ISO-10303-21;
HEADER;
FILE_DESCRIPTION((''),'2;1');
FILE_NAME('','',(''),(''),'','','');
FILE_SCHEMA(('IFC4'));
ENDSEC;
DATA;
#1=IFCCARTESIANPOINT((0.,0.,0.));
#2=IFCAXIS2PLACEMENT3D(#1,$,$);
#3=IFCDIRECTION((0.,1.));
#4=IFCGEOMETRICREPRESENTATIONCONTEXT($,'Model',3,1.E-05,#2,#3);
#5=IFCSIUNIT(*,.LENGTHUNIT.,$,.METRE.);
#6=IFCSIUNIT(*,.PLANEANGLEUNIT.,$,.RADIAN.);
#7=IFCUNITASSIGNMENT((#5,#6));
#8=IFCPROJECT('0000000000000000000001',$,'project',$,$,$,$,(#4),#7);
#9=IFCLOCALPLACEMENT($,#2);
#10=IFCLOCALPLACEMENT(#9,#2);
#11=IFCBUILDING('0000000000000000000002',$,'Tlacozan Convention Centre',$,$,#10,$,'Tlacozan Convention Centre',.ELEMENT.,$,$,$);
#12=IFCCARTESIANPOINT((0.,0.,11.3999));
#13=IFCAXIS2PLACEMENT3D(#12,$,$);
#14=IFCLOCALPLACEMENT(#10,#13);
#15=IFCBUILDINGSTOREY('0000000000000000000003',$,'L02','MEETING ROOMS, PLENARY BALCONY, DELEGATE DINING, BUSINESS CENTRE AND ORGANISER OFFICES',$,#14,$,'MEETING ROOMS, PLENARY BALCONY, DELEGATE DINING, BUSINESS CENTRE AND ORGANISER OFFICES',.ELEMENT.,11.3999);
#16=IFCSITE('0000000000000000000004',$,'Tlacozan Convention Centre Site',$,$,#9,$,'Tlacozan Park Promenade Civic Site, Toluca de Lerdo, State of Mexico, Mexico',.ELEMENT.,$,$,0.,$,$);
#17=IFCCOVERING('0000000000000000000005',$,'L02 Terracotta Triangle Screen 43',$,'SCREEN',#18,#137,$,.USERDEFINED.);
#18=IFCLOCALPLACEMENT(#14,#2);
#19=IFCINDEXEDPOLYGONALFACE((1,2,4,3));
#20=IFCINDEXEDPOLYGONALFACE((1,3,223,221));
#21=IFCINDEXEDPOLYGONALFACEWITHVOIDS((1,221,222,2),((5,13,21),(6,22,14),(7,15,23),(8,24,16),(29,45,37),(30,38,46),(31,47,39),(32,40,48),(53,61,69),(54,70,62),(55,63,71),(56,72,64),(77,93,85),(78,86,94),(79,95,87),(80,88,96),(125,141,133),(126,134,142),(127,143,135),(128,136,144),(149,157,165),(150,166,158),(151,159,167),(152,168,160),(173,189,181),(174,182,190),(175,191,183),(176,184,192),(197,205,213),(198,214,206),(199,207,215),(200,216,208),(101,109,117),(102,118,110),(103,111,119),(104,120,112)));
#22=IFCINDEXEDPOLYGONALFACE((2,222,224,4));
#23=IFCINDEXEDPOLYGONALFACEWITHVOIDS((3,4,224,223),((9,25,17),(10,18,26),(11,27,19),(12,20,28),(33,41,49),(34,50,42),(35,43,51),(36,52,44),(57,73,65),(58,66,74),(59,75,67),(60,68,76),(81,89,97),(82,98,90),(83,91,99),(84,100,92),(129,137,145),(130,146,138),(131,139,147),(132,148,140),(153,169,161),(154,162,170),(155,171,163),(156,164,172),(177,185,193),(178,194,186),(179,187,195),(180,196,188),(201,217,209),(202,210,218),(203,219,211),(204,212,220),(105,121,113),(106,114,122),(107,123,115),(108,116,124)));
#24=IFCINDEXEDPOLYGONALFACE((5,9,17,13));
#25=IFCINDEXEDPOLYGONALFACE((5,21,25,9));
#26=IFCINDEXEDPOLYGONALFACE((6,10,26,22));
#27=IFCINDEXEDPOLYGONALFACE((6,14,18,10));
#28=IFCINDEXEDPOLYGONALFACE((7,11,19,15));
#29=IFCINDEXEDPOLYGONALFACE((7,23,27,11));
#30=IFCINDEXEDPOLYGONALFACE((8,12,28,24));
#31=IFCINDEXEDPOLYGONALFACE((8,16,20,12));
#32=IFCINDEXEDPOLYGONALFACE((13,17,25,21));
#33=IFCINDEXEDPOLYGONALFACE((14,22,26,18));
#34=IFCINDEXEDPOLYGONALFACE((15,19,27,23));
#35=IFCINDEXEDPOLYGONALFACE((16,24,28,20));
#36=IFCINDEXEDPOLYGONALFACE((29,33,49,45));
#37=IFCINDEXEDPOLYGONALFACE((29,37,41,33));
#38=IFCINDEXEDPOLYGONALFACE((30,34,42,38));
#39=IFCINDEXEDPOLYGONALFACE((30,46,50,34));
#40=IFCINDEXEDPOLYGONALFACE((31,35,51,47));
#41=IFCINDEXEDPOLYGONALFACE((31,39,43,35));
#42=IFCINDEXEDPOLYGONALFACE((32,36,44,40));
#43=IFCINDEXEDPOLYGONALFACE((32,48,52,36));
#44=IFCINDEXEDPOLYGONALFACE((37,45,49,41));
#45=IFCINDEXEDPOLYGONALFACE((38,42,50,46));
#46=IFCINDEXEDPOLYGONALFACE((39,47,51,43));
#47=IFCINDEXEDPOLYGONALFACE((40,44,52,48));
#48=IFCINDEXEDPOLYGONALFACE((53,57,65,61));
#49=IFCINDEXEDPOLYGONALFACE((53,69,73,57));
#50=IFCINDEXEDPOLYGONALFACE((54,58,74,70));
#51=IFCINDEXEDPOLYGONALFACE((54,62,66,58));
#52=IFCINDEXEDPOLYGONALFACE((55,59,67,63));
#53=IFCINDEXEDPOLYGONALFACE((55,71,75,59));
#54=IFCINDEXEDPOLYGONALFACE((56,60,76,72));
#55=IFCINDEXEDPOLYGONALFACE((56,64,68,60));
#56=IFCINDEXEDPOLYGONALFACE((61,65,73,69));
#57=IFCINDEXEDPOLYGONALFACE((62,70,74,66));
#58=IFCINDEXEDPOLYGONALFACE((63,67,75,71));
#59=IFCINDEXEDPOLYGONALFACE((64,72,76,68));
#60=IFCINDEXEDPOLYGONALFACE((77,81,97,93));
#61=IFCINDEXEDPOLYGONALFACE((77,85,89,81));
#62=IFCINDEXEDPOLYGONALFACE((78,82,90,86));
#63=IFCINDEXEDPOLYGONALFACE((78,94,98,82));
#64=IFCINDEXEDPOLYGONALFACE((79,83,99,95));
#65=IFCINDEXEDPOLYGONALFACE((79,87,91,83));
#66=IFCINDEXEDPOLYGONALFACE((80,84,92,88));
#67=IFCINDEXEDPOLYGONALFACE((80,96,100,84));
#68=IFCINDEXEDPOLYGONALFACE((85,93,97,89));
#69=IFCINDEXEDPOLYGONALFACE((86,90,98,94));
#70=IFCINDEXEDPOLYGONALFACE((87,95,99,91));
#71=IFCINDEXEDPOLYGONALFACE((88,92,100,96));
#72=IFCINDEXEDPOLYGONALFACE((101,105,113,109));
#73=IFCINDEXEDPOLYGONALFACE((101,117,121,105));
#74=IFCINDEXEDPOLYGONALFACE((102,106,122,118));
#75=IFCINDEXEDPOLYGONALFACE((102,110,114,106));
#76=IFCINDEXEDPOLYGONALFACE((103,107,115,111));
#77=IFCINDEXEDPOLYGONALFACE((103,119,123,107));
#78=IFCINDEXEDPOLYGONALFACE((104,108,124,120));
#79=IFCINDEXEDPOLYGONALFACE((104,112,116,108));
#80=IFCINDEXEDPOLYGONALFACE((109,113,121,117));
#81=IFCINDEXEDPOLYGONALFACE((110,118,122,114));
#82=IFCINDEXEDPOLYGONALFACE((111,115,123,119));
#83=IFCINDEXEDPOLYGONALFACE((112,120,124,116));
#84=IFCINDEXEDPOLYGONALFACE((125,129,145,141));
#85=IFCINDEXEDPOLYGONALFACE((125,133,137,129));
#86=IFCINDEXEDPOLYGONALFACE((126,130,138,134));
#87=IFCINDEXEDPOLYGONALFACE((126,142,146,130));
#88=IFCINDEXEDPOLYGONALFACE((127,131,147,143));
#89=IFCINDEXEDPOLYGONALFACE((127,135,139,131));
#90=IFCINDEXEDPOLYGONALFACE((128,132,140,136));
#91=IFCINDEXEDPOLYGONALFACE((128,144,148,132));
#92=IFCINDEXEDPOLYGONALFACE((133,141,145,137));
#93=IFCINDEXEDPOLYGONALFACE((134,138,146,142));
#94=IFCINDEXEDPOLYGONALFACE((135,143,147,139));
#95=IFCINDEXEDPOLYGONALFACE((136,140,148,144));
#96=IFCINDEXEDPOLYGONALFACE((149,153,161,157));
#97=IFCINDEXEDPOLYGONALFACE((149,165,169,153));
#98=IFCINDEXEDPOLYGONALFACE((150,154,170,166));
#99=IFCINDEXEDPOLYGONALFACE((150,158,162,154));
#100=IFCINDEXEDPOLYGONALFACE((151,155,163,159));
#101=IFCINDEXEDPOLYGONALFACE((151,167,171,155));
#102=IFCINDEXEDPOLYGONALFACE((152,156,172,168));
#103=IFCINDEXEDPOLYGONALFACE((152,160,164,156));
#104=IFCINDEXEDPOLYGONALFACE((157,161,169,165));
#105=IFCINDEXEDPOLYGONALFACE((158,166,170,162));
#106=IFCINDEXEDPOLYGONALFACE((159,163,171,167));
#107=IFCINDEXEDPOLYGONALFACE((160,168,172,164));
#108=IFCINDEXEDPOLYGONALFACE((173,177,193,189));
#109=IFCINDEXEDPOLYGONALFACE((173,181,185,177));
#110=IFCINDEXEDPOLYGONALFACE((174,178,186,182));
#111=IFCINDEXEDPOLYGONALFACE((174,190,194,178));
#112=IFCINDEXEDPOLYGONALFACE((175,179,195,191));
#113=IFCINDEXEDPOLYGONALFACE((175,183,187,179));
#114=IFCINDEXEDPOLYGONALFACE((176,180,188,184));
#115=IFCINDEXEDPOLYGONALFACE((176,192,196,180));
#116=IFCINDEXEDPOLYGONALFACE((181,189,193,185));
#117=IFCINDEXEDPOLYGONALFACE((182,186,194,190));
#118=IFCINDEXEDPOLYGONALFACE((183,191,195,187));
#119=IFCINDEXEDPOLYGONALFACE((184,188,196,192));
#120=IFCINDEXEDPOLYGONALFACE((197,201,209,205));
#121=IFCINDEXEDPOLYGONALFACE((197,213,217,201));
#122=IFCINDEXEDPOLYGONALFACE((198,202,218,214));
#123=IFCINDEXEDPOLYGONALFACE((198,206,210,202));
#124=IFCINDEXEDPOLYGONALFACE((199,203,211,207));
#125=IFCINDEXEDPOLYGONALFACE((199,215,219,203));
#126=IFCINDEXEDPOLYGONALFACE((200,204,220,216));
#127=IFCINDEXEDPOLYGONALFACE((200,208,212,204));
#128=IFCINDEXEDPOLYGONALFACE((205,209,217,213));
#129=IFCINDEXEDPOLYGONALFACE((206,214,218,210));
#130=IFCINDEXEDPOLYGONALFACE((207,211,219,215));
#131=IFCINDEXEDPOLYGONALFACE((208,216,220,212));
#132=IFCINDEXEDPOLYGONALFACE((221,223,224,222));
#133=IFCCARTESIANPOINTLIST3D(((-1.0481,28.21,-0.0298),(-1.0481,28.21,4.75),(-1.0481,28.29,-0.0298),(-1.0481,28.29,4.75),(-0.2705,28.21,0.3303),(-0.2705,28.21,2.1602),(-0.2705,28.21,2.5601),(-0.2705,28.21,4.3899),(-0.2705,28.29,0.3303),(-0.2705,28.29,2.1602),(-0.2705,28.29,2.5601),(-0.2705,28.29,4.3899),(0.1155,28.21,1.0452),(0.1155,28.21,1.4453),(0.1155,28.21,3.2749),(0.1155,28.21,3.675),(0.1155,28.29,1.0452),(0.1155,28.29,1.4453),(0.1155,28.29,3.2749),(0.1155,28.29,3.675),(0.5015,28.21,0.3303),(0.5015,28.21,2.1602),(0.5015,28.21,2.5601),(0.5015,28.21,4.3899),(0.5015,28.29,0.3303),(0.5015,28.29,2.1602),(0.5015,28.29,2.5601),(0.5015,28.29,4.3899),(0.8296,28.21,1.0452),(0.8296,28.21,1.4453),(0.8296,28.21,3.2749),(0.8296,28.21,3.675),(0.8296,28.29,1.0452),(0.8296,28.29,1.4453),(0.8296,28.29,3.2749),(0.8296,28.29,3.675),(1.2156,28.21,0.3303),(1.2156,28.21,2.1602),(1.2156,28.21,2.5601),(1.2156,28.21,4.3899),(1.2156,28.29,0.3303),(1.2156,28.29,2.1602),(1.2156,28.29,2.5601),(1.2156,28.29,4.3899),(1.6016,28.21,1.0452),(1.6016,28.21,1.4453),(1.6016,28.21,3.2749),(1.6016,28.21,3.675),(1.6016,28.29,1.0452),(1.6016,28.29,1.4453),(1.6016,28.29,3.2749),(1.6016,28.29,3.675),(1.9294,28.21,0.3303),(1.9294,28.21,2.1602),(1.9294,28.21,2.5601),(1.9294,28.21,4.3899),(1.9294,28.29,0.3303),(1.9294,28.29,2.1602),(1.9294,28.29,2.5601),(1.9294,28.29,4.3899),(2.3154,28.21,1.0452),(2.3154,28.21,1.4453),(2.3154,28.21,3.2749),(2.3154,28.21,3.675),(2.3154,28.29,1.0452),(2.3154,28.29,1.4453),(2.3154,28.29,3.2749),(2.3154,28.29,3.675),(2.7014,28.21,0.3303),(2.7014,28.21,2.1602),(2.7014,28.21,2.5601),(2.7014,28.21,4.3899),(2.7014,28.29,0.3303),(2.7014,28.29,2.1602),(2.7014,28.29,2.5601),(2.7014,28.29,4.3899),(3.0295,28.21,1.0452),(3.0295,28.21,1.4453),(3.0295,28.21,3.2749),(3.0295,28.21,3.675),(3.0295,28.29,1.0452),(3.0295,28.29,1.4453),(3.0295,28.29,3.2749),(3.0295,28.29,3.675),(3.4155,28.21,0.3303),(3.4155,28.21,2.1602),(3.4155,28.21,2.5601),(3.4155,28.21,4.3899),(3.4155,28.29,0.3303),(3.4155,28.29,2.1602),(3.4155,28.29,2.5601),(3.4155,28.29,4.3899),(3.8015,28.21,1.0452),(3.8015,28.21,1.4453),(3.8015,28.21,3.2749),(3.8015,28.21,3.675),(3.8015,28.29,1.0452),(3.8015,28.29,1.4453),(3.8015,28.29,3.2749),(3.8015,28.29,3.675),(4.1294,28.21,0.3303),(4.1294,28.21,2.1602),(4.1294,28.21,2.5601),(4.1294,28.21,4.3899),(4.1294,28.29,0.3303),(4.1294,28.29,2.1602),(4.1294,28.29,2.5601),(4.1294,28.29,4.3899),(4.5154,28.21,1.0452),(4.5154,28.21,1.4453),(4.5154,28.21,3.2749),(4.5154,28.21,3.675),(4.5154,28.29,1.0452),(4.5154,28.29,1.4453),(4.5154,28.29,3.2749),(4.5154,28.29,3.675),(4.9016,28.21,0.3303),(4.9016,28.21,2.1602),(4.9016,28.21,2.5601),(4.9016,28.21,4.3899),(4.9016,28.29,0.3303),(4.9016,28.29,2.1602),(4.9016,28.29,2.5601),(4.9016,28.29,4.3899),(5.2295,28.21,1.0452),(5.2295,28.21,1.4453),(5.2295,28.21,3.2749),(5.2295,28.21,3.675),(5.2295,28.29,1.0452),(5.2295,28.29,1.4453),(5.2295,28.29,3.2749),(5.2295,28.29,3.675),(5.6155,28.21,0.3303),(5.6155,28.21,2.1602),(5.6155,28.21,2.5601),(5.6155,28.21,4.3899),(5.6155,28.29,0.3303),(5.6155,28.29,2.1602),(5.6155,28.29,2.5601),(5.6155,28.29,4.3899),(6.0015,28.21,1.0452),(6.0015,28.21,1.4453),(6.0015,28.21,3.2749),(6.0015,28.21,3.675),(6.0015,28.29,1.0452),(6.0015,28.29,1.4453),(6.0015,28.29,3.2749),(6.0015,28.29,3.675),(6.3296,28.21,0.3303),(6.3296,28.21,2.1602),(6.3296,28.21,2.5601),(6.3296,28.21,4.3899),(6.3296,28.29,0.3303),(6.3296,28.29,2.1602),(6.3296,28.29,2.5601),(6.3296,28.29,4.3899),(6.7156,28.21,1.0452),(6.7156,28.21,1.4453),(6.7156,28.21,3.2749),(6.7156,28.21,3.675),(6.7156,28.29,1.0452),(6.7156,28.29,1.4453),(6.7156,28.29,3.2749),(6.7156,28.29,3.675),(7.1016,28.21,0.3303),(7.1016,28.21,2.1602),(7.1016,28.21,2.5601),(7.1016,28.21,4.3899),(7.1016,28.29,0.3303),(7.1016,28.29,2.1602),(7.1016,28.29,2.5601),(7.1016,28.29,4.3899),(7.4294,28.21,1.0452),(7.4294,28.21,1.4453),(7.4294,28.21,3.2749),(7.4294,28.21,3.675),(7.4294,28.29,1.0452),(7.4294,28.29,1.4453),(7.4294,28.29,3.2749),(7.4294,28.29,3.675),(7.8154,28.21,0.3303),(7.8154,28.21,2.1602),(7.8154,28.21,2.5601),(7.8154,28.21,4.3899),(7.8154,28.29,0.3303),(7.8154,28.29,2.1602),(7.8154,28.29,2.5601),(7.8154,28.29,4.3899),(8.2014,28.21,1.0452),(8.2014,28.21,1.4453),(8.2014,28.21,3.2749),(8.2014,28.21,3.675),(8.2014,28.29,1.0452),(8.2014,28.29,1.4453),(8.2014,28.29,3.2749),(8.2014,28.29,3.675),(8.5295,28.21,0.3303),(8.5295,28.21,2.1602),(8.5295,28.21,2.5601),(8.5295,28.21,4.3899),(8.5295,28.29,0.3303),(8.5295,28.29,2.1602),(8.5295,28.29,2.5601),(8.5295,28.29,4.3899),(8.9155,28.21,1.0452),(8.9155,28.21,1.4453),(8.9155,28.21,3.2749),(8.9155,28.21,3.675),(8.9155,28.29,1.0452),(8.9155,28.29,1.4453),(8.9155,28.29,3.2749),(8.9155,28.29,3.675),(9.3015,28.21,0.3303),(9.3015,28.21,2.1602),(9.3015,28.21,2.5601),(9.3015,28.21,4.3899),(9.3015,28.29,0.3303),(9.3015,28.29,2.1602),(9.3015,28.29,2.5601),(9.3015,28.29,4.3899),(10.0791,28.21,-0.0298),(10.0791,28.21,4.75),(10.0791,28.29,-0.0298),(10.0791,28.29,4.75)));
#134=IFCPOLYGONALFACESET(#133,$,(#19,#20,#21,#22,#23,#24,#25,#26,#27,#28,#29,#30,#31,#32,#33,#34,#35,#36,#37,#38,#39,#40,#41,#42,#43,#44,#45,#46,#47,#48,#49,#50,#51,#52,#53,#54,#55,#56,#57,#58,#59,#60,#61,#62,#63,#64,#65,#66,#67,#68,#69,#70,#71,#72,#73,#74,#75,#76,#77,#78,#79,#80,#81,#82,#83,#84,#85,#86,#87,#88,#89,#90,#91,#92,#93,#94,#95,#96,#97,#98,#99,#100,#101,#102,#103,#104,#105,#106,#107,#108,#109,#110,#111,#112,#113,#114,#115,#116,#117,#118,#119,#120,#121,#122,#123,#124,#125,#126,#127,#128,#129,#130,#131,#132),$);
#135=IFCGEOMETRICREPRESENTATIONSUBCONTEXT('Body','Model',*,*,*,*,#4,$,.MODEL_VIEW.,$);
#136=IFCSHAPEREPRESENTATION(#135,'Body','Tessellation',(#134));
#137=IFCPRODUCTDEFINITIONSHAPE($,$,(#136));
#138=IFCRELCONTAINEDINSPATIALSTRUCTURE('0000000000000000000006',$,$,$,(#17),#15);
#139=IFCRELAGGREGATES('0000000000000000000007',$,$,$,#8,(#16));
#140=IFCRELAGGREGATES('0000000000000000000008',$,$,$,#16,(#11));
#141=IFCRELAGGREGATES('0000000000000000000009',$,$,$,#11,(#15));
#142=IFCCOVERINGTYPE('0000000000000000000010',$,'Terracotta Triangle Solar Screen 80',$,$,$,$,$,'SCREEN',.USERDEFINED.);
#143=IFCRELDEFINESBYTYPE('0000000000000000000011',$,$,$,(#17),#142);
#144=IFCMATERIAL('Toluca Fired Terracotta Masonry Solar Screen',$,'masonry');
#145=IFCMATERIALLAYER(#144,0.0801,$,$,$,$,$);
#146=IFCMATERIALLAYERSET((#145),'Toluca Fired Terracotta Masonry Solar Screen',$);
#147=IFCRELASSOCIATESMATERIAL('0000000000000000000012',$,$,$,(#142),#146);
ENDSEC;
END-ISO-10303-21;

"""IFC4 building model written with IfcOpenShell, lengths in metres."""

from ifc_helpers import new_model, si_unit, direction, frame, origin, place, context, subcontext, project, spatial, polyline, outline, extrude, material, layer, layer_set, type_object, element, save


model = new_model("IFC4")

# Units and contexts
model_context = context("Model", 3, precision=1e-05, world=origin(), true_north=direction((0.0, 1.0)))
body_context = subcontext(model_context, "Body", "Model", "MODEL_VIEW")
ifc_project = project(units=[si_unit("LENGTHUNIT", "METRE"), si_unit("PLANEANGLEUNIT", "RADIAN")], contexts=[model_context])

# Site, building, storey
site_placement = place(None, origin())
site = spatial("IfcSite", under=ifc_project, at=site_placement, Name="Tlacozan Convention Centre Site", LongName="Tlacozan Park Promenade Civic Site, Toluca de Lerdo, State of Mexico, Mexico", CompositionType="ELEMENT", RefElevation=0.0)
building_placement = place(site_placement, origin())
building = spatial("IfcBuilding", under=site, at=building_placement, Name="Tlacozan Convention Centre", LongName="Tlacozan Convention Centre", CompositionType="ELEMENT")
storey_placement = place(building_placement, frame((0.0, 0.0, 11.3999)))
storey = spatial("IfcBuildingStorey", under=building, at=storey_placement, Name="L02", Description="MEETING ROOMS, PLENARY BALCONY, DELEGATE DINING, BUSINESS CENTRE AND ORGANISER OFFICES", LongName="MEETING ROOMS, PLENARY BALCONY, DELEGATE DINING, BUSINESS CENTRE AND ORGANISER OFFICES", CompositionType="ELEMENT", Elevation=11.3999)

# Covering
ifc_material_1 = material(Name="Toluca Fired Terracotta Masonry Solar Screen", Category="masonry")
ifc_layer_1 = layer(ifc_material_1, 0.0801)
ifc_layer_set_1 = layer_set([ifc_layer_1], Name="Toluca Fired Terracotta Masonry Solar Screen")
covering_type = type_object("IfcCoveringType", Name="Terracotta Triangle Solar Screen 80", ElementType="SCREEN", PredefinedType="USERDEFINED", material=ifc_layer_set_1)
covering_1_placement = place(storey_placement, frame((-1.0481, 28.25, -0.0298), z_axis=(0.0, 0.0, 1.0), x_axis=(1.0, 0.0, 0.0)))
element("IfcCovering", 1, at=covering_1_placement, inside=storey, type_object=covering_type, Name="L02 Terracotta Triangle Screen 43", ObjectType="SCREEN", PredefinedType="USERDEFINED", context=body_context, shape_type="SweptSolid", body=[
    extrude(outline(polyline([(0.0, 0.0), (11.1272, 0.0), (11.1272, 4.7798), (0.0, 4.7798), (0.0, 0.0)]), holes=[polyline([(0.7776, 0.3601), (1.5496, 0.3601), (1.1636, 1.075), (0.7776, 0.3601)]), polyline([(1.8777, 1.075), (2.6497, 1.075), (2.2637, 0.3601), (1.8777, 1.075)]), polyline([(2.9775, 0.3601), (3.7495, 0.3601), (3.3635, 1.075), (2.9775, 0.3601)]), polyline([(4.0776, 1.075), (4.8496, 1.075), (4.4636, 0.3601), (4.0776, 1.075)]), polyline([(5.1775, 0.3601), (5.9497, 0.3601), (5.5635, 1.075), (5.1775, 0.3601)]), polyline([(6.2776, 1.075), (7.0496, 1.075), (6.6636, 0.3601), (6.2776, 1.075)]), polyline([(7.3777, 0.3601), (8.1497, 0.3601), (7.7637, 1.075), (7.3777, 0.3601)]), polyline([(8.4775, 1.075), (9.2495, 1.075), (8.8635, 0.3601), (8.4775, 1.075)]), polyline([(9.5776, 0.3601), (10.3496, 0.3601), (9.9636, 1.075), (9.5776, 0.3601)]), polyline([(0.7776, 2.1899), (1.5496, 2.1899), (1.1636, 1.4751), (0.7776, 2.1899)]), polyline([(1.8777, 1.4751), (2.6497, 1.4751), (2.2637, 2.1899), (1.8777, 1.4751)]), polyline([(2.9775, 2.1899), (3.7495, 2.1899), (3.3635, 1.4751), (2.9775, 2.1899)]), polyline([(4.0776, 1.4751), (4.8496, 1.4751), (4.4636, 2.1899), (4.0776, 1.4751)]), polyline([(5.1775, 2.1899), (5.9497, 2.1899), (5.5635, 1.4751), (5.1775, 2.1899)]), polyline([(6.2776, 1.4751), (7.0496, 1.4751), (6.6636, 2.1899), (6.2776, 1.4751)]), polyline([(7.3777, 2.1899), (8.1497, 2.1899), (7.7637, 1.4751), (7.3777, 2.1899)]), polyline([(8.4775, 1.4751), (9.2495, 1.4751), (8.8635, 2.1899), (8.4775, 1.4751)]), polyline([(9.5776, 2.1899), (10.3496, 2.1899), (9.9636, 1.4751), (9.5776, 2.1899)]), polyline([(0.7776, 2.5898), (1.5496, 2.5898), (1.1636, 3.3047), (0.7776, 2.5898)]), polyline([(1.8777, 3.3047), (2.6497, 3.3047), (2.2637, 2.5898), (1.8777, 3.3047)]), polyline([(2.9775, 2.5898), (3.7495, 2.5898), (3.3635, 3.3047), (2.9775, 2.5898)]), polyline([(4.0776, 3.3047), (4.8496, 3.3047), (4.4636, 2.5898), (4.0776, 3.3047)]), polyline([(5.1775, 2.5898), (5.9497, 2.5898), (5.5635, 3.3047), (5.1775, 2.5898)]), polyline([(6.2776, 3.3047), (7.0496, 3.3047), (6.6636, 2.5898), (6.2776, 3.3047)]), polyline([(7.3777, 2.5898), (8.1497, 2.5898), (7.7637, 3.3047), (7.3777, 2.5898)]), polyline([(8.4775, 3.3047), (9.2495, 3.3047), (8.8635, 2.5898), (8.4775, 3.3047)]), polyline([(9.5776, 2.5898), (10.3496, 2.5898), (9.9636, 3.3047), (9.5776, 2.5898)]), polyline([(0.7776, 4.4197), (1.5496, 4.4197), (1.1636, 3.7048), (0.7776, 4.4197)]), polyline([(1.8777, 3.7048), (2.6497, 3.7048), (2.2637, 4.4197), (1.8777, 3.7048)]), polyline([(2.9775, 4.4197), (3.7495, 4.4197), (3.3635, 3.7048), (2.9775, 4.4197)]), polyline([(4.0776, 3.7048), (4.8496, 3.7048), (4.4636, 4.4197), (4.0776, 3.7048)]), polyline([(5.1775, 4.4197), (5.9497, 4.4197), (5.5635, 3.7048), (5.1775, 4.4197)]), polyline([(6.2776, 3.7048), (7.0496, 3.7048), (6.6636, 4.4197), (6.2776, 3.7048)]), polyline([(7.3777, 4.4197), (8.1497, 4.4197), (7.7637, 3.7048), (7.3777, 4.4197)]), polyline([(8.4775, 3.7048), (9.2495, 3.7048), (8.8635, 4.4197), (8.4775, 3.7048)]), polyline([(9.5776, 4.4197), (10.3496, 4.4197), (9.9636, 3.7048), (9.5776, 4.4197)])]), frame((0.0, 0.04, 0.0), z_axis=(0.0, -1.0, 0.0), x_axis=(1.0, 0.0, 0.0)), (0.0, 0.0, 1.0), 0.0801),
])

save(model, "model.ifc")
